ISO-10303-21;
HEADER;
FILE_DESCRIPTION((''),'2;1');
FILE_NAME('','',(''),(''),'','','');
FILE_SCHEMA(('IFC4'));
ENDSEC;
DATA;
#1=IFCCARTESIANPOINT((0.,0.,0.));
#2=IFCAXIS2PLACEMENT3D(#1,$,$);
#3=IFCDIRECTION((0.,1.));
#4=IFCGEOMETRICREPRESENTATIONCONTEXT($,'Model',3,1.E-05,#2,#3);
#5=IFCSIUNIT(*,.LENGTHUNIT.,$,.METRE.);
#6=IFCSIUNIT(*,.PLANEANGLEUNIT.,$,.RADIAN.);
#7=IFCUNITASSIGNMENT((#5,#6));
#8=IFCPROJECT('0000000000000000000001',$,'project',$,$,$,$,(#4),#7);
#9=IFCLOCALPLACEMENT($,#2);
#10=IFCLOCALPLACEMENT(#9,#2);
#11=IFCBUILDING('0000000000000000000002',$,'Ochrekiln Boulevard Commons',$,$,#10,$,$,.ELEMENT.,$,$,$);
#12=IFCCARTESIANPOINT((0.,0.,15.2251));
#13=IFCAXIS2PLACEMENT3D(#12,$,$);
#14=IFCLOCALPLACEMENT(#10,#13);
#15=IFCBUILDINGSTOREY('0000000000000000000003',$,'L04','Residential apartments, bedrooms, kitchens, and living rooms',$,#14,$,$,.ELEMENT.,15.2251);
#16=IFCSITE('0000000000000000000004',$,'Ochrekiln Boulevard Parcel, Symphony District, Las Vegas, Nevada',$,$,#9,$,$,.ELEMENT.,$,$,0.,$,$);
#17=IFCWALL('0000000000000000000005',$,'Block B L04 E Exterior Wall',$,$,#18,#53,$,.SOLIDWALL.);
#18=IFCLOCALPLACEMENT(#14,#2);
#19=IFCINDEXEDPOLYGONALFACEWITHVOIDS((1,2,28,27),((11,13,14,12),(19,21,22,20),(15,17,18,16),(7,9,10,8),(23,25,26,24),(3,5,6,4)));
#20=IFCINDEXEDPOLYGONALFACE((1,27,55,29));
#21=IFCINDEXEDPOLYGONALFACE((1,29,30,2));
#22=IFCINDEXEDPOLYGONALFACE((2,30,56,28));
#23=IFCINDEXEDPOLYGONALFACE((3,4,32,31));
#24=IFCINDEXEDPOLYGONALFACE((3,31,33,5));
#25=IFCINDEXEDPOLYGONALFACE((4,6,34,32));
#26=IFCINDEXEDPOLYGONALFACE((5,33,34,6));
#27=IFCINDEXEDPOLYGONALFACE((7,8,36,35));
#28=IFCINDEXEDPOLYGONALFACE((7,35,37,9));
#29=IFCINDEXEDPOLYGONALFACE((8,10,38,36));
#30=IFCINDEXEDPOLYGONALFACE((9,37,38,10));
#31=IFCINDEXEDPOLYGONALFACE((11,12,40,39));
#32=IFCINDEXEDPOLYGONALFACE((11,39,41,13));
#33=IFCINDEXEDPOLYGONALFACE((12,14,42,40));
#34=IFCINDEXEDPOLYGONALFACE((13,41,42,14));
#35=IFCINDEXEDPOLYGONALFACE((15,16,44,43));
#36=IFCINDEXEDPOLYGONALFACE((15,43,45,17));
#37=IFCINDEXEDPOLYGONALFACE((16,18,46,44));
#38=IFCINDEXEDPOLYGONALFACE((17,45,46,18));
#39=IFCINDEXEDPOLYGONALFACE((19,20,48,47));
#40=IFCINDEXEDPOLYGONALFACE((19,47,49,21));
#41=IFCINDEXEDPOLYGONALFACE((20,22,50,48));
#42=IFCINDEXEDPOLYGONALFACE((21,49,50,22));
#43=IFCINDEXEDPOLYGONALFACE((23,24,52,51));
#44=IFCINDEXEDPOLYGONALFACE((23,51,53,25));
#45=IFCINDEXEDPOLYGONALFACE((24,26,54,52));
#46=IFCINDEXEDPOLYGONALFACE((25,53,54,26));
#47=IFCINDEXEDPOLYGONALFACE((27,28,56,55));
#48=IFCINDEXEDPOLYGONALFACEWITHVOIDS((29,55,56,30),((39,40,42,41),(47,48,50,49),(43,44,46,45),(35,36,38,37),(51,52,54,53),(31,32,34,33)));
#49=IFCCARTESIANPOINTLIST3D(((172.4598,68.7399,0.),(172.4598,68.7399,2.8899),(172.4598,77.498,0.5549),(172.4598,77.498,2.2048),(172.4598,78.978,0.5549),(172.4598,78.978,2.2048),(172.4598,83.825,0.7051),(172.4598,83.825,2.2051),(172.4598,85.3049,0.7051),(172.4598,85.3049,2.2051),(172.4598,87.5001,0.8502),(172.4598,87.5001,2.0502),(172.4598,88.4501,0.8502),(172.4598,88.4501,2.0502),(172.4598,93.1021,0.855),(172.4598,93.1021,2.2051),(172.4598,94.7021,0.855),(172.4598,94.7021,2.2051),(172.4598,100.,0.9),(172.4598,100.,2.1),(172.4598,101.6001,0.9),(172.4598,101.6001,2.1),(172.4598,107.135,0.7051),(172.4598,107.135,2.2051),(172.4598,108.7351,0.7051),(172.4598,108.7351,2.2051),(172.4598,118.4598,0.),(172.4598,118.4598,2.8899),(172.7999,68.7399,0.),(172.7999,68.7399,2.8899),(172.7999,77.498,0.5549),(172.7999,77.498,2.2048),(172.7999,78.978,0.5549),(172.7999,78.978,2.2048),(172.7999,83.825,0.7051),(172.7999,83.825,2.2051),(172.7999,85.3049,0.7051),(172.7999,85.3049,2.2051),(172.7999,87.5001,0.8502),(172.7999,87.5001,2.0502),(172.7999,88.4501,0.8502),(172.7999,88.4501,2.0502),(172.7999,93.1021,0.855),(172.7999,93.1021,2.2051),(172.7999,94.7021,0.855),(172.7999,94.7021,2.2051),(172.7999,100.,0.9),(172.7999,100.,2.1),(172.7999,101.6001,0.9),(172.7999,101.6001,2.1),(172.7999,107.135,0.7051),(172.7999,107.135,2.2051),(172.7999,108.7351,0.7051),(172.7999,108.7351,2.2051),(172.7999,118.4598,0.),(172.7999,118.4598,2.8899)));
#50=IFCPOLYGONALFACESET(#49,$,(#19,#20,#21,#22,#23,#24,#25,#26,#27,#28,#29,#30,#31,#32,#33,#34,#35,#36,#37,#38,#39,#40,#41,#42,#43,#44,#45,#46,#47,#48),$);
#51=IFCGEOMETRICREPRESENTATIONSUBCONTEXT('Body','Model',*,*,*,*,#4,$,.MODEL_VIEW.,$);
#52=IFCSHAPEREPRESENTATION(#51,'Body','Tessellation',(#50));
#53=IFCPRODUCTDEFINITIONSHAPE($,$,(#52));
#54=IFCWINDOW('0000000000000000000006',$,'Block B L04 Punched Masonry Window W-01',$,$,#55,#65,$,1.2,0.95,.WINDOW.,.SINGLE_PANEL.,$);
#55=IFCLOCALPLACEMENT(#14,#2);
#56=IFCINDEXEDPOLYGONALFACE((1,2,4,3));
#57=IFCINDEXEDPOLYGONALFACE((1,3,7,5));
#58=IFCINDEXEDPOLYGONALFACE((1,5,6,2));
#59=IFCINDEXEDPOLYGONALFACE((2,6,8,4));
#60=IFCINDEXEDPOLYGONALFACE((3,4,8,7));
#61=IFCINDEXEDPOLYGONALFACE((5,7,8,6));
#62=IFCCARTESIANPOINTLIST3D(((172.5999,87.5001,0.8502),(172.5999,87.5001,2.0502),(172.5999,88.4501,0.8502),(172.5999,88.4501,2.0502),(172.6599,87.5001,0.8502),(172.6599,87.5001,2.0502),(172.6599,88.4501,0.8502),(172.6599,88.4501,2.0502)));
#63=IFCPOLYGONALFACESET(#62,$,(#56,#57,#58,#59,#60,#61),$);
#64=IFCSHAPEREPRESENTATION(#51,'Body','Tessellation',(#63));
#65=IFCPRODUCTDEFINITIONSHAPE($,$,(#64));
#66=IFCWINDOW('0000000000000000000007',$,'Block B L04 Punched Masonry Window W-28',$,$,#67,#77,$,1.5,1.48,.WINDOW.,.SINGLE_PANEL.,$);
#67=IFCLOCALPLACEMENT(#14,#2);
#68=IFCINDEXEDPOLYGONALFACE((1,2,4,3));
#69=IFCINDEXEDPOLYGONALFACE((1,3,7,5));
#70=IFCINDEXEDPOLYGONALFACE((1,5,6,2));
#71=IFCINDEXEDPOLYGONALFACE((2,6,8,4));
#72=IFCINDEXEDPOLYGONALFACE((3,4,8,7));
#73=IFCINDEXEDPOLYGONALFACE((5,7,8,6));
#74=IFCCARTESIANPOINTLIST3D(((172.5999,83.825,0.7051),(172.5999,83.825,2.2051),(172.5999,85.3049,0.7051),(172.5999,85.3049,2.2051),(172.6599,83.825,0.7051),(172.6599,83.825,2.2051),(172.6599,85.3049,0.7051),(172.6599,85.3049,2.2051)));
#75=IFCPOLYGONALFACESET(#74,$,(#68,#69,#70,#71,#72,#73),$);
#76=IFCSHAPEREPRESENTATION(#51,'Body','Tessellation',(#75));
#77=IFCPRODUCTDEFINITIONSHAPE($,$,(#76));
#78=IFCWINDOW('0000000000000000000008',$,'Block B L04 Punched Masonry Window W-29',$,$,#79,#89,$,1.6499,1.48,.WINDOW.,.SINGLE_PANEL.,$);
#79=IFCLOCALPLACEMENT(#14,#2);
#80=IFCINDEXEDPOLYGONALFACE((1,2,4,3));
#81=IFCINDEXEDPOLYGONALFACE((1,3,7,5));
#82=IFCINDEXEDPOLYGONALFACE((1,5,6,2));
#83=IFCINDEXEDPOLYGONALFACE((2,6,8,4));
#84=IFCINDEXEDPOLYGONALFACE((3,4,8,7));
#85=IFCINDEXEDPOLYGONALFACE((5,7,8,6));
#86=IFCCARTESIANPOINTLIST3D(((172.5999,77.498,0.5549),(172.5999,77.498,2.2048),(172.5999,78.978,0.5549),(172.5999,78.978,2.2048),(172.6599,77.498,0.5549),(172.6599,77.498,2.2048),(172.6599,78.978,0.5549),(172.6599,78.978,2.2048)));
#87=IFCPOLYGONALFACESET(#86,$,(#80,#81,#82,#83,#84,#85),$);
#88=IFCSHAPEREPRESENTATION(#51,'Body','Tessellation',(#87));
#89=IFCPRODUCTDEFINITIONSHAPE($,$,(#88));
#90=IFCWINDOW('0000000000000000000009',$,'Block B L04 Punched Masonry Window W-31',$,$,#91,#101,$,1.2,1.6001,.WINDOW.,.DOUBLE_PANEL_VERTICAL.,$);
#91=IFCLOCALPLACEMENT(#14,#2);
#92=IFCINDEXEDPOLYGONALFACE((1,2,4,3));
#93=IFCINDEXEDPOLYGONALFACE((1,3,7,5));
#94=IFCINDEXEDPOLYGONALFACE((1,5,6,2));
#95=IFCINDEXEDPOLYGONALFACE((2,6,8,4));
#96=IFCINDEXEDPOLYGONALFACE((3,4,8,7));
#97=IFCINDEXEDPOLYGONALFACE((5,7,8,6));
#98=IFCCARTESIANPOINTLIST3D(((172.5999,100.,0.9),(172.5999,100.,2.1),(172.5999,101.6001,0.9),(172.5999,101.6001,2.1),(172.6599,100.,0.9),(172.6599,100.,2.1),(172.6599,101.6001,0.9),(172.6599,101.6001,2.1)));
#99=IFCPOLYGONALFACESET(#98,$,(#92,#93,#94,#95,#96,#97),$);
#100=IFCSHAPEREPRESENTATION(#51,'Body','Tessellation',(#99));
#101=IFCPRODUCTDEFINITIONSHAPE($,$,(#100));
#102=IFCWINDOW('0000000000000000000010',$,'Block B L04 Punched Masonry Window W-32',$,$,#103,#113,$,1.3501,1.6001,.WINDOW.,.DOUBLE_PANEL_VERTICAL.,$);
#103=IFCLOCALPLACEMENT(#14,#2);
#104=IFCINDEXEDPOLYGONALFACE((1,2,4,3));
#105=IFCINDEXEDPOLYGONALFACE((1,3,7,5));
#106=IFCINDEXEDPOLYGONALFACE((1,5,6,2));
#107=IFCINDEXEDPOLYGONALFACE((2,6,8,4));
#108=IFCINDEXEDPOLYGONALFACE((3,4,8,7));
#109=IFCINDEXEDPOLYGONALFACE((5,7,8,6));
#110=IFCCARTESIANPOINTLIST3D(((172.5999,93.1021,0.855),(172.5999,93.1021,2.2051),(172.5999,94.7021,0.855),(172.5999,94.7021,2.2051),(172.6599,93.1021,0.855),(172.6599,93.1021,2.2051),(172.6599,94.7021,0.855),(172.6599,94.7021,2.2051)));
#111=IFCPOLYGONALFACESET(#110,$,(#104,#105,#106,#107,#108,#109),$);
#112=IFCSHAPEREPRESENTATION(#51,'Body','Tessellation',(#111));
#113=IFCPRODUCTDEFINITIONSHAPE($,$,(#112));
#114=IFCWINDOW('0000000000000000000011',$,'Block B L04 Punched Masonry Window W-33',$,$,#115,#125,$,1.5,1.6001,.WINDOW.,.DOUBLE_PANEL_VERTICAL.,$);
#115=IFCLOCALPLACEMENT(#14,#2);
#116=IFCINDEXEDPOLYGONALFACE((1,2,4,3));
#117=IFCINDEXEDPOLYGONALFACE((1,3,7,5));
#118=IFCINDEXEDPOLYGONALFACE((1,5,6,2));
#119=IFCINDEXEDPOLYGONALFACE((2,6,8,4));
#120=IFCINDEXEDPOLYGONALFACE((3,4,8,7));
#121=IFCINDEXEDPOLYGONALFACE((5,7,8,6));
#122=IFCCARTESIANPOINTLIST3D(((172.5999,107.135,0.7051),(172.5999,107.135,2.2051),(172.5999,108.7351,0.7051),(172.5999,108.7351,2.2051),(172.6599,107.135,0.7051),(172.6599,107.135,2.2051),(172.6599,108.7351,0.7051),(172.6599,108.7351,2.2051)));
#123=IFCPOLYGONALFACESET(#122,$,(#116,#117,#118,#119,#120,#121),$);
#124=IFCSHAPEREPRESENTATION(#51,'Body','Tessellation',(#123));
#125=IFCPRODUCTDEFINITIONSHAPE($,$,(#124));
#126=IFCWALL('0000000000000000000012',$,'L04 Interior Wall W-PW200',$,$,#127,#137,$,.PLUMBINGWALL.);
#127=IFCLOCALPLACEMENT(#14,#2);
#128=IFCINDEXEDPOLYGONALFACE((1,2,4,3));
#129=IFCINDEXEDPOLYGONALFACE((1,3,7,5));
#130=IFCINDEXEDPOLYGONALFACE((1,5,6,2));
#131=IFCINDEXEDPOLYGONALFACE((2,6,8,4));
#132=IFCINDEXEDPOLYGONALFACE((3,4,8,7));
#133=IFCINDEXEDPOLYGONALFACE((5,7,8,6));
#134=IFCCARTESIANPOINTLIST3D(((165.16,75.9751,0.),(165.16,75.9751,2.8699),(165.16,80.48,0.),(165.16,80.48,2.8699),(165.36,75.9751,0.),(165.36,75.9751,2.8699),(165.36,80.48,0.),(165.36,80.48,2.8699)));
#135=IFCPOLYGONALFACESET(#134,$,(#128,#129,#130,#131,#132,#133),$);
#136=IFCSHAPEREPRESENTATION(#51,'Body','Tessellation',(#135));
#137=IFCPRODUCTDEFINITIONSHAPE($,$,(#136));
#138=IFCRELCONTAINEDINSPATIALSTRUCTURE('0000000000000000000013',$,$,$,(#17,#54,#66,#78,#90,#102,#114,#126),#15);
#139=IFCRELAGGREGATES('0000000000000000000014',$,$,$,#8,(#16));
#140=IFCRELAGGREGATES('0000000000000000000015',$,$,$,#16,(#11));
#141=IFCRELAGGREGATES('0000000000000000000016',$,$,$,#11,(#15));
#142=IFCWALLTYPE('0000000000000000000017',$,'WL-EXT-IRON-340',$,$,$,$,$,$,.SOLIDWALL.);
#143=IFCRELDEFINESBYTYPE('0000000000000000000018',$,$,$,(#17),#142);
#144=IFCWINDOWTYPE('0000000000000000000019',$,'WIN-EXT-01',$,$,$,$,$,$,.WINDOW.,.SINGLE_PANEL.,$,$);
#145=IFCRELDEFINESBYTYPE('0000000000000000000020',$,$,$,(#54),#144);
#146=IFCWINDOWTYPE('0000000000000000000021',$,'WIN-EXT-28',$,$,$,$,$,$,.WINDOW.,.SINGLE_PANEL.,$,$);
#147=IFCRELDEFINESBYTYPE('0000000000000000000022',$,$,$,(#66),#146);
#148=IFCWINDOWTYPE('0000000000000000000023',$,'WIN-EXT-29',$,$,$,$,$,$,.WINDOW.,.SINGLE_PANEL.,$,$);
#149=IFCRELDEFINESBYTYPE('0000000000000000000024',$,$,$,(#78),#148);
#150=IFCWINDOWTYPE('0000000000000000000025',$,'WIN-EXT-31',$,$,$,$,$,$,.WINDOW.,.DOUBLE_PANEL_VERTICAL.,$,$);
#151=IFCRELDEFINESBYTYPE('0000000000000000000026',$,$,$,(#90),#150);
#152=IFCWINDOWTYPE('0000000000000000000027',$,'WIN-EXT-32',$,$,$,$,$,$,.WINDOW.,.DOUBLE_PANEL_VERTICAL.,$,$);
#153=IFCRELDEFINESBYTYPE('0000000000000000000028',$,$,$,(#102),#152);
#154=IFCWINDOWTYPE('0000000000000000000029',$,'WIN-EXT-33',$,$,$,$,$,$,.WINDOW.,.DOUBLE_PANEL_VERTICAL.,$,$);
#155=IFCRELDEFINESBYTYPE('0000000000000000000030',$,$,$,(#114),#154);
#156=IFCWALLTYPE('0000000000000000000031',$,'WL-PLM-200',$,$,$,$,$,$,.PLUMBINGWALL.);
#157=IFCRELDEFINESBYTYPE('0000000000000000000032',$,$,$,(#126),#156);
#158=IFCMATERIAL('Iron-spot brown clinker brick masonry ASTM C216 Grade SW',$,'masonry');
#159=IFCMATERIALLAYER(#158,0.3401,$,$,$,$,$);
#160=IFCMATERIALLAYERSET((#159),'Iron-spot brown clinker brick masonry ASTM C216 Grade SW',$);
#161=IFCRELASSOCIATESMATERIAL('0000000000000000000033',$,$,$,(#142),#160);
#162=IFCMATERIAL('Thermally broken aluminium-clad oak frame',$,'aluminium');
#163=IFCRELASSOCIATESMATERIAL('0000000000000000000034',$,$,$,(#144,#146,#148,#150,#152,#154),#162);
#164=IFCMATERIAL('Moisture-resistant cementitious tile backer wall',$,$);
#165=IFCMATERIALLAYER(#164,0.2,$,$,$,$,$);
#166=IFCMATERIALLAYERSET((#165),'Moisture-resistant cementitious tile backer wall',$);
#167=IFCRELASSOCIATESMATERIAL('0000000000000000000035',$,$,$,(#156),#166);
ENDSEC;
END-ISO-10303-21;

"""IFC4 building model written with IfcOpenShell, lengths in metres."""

from ifc_helpers import new_model, si_unit, direction, frame, frame_2d, origin, place, context, subcontext, project, spatial, rectangle, extrude, material, layer, layer_set, type_object, element, fill, save


model = new_model("IFC4")

# Units and contexts
model_context = context("Model", 3, precision=1e-05, world=origin(), true_north=direction((0.0, 1.0)))
body_context = subcontext(model_context, "Body", "Model", "MODEL_VIEW")
ifc_project = project(units=[si_unit("LENGTHUNIT", "METRE"), si_unit("PLANEANGLEUNIT", "RADIAN")], contexts=[model_context])

# Site, building, storey
site_placement = place(None, origin())
site = spatial("IfcSite", under=ifc_project, at=site_placement, Name="Ochrekiln Boulevard Parcel, Symphony District, Las Vegas, Nevada", CompositionType="ELEMENT", RefElevation=0.0)
building_placement = place(site_placement, origin())
building = spatial("IfcBuilding", under=site, at=building_placement, Name="Ochrekiln Boulevard Commons", CompositionType="ELEMENT")
storey_placement = place(building_placement, frame((0.0, 0.0, 15.2251)))
storey = spatial("IfcBuildingStorey", under=building, at=storey_placement, Name="L04", Description="Residential apartments, bedrooms, kitchens, and living rooms", CompositionType="ELEMENT", Elevation=15.2251)

# Wall, openings, windows
ifc_material_1 = material(Name="Iron-spot brown clinker brick masonry ASTM C216 Grade SW", Category="masonry")
ifc_layer_1 = layer(ifc_material_1, 0.3401)
ifc_layer_set_1 = layer_set([ifc_layer_1], Name="Iron-spot brown clinker brick masonry ASTM C216 Grade SW")
wall_type_1 = type_object("IfcWallType", Name="WL-EXT-IRON-340", PredefinedType="SOLIDWALL", material=ifc_layer_set_1)
wall_1_placement = place(storey_placement, frame((172.6299, 68.74, 0.0), z_axis=(0.0, 0.0, 1.0), x_axis=(0.0, 1.0, 0.0)))
wall_1 = element("IfcWall", 1, at=wall_1_placement, inside=storey, type_object=wall_type_1, Name="Block B L04 E Exterior Wall", PredefinedType="SOLIDWALL", context=body_context, shape_type="SweptSolid", body=[
    extrude(rectangle(XDim=49.72, YDim=0.3401, at=frame_2d((24.8599, 0.0))), origin(), (0.0, 0.0, 1.0), 2.8899),
])
opening_1_placement = place(wall_1_placement, frame((15.085, 0.0, 0.7051)))
opening_1 = element("IfcOpeningElement", 2, at=opening_1_placement, cuts=wall_1, PredefinedType="OPENING", context=body_context, shape_type="SweptSolid", body=[
    extrude(rectangle(XDim=1.48, YDim=1.5, at=frame_2d((0.74, 0.75))), frame((0.0, 0.1799, 0.0), z_axis=(0.0, -1.0, 0.0), x_axis=(1.0, 0.0, 0.0)), (0.0, 0.0, 1.0), 0.3601),
])
opening_2_placement = place(wall_1_placement, frame((8.7581, 0.0, 0.5549)))
opening_2 = element("IfcOpeningElement", 3, at=opening_2_placement, cuts=wall_1, PredefinedType="OPENING", context=body_context, shape_type="SweptSolid", body=[
    extrude(rectangle(XDim=1.48, YDim=1.6499, at=frame_2d((0.74, 0.825))), frame((0.0, 0.1799, 0.0), z_axis=(0.0, -1.0, 0.0), x_axis=(1.0, 0.0, 0.0)), (0.0, 0.0, 1.0), 0.3601),
])
opening_3_placement = place(wall_1_placement, frame((18.76, 0.0, 0.8501)))
opening_3 = element("IfcOpeningElement", 4, at=opening_3_placement, cuts=wall_1, PredefinedType="OPENING", context=body_context, shape_type="SweptSolid", body=[
    extrude(rectangle(XDim=0.95, YDim=1.2, at=frame_2d((0.4751, 0.6001))), frame((0.0, 0.1799, 0.0), z_axis=(0.0, -1.0, 0.0), x_axis=(1.0, 0.0, 0.0)), (0.0, 0.0, 1.0), 0.3601),
])
opening_4_placement = place(wall_1_placement, frame((31.26, 0.0, 0.8999)))
opening_4 = element("IfcOpeningElement", 5, at=opening_4_placement, cuts=wall_1, PredefinedType="OPENING", context=body_context, shape_type="SweptSolid", body=[
    extrude(rectangle(XDim=1.6001, YDim=1.2, at=frame_2d((0.8, 0.6001))), frame((0.0, 0.1799, 0.0), z_axis=(0.0, -1.0, 0.0), x_axis=(1.0, 0.0, 0.0)), (0.0, 0.0, 1.0), 0.3601),
])
opening_5_placement = place(wall_1_placement, frame((24.3621, 0.0, 0.855)))
opening_5 = element("IfcOpeningElement", 6, at=opening_5_placement, cuts=wall_1, PredefinedType="OPENING", context=body_context, shape_type="SweptSolid", body=[
    extrude(rectangle(XDim=1.6001, YDim=1.3501, at=frame_2d((0.8, 0.675))), frame((0.0, 0.1799, 0.0), z_axis=(0.0, -1.0, 0.0), x_axis=(1.0, 0.0, 0.0)), (0.0, 0.0, 1.0), 0.3601),
])
opening_6_placement = place(wall_1_placement, frame((38.395, 0.0, 0.7051)))
opening_6 = element("IfcOpeningElement", 7, at=opening_6_placement, cuts=wall_1, PredefinedType="OPENING", context=body_context, shape_type="SweptSolid", body=[
    extrude(rectangle(XDim=1.6001, YDim=1.5, at=frame_2d((0.8, 0.75))), frame((0.0, 0.1799, 0.0), z_axis=(0.0, -1.0, 0.0), x_axis=(1.0, 0.0, 0.0)), (0.0, 0.0, 1.0), 0.3601),
])
ifc_material_2 = material(Name="Thermally broken aluminium-clad oak frame", Category="aluminium")
window_type_1 = type_object("IfcWindowType", Name="WIN-EXT-01", PartitioningType="SINGLE_PANEL", PredefinedType="WINDOW", material=ifc_material_2)
window_1_placement = place(opening_3_placement, origin())
window_1 = element("IfcWindow", 8, at=window_1_placement, inside=storey, type_object=window_type_1, Name="Block B L04 Punched Masonry Window W-01", OverallHeight=1.2, OverallWidth=0.95, PartitioningType="SINGLE_PANEL", PredefinedType="WINDOW", context=body_context, shape_type="SweptSolid", body=[
    extrude(rectangle(XDim=0.95, YDim=1.2, at=frame_2d((0.4751, 0.6001))), frame((0.0, 0.03, 0.0), z_axis=(0.0, -1.0, 0.0), x_axis=(1.0, 0.0, 0.0)), (0.0, 0.0, 1.0), 0.0601),
])
fill(opening_3, window_1)
window_type_2 = type_object("IfcWindowType", Name="WIN-EXT-28", PartitioningType="SINGLE_PANEL", PredefinedType="WINDOW", material=ifc_material_2)
window_2_placement = place(opening_1_placement, origin())
window_2 = element("IfcWindow", 9, at=window_2_placement, inside=storey, type_object=window_type_2, Name="Block B L04 Punched Masonry Window W-28", OverallHeight=1.5, OverallWidth=1.48, PartitioningType="SINGLE_PANEL", PredefinedType="WINDOW", context=body_context, shape_type="SweptSolid", body=[
    extrude(rectangle(XDim=1.48, YDim=1.5, at=frame_2d((0.74, 0.75))), frame((0.0, 0.03, 0.0), z_axis=(0.0, -1.0, 0.0), x_axis=(1.0, 0.0, 0.0)), (0.0, 0.0, 1.0), 0.0601),
])
fill(opening_1, window_2)
window_type_3 = type_object("IfcWindowType", Name="WIN-EXT-29", PartitioningType="SINGLE_PANEL", PredefinedType="WINDOW", material=ifc_material_2)
window_3_placement = place(opening_2_placement, origin())
window_3 = element("IfcWindow", 10, at=window_3_placement, inside=storey, type_object=window_type_3, Name="Block B L04 Punched Masonry Window W-29", OverallHeight=1.6499, OverallWidth=1.48, PartitioningType="SINGLE_PANEL", PredefinedType="WINDOW", context=body_context, shape_type="SweptSolid", body=[
    extrude(rectangle(XDim=1.48, YDim=1.6499, at=frame_2d((0.74, 0.825))), frame((0.0, 0.03, 0.0), z_axis=(0.0, -1.0, 0.0), x_axis=(1.0, 0.0, 0.0)), (0.0, 0.0, 1.0), 0.0601),
])
fill(opening_2, window_3)
window_type_4 = type_object("IfcWindowType", Name="WIN-EXT-31", PartitioningType="DOUBLE_PANEL_VERTICAL", PredefinedType="WINDOW", material=ifc_material_2)
window_4_placement = place(opening_4_placement, origin())
window_4 = element("IfcWindow", 11, at=window_4_placement, inside=storey, type_object=window_type_4, Name="Block B L04 Punched Masonry Window W-31", OverallHeight=1.2, OverallWidth=1.6001, PartitioningType="DOUBLE_PANEL_VERTICAL", PredefinedType="WINDOW", context=body_context, shape_type="SweptSolid", body=[
    extrude(rectangle(XDim=1.6001, YDim=1.2, at=frame_2d((0.8, 0.6001))), frame((0.0, 0.03, 0.0), z_axis=(0.0, -1.0, 0.0), x_axis=(1.0, 0.0, 0.0)), (0.0, 0.0, 1.0), 0.0601),
])
fill(opening_4, window_4)
window_type_5 = type_object("IfcWindowType", Name="WIN-EXT-32", PartitioningType="DOUBLE_PANEL_VERTICAL", PredefinedType="WINDOW", material=ifc_material_2)
window_5_placement = place(opening_5_placement, origin())
window_5 = element("IfcWindow", 12, at=window_5_placement, inside=storey, type_object=window_type_5, Name="Block B L04 Punched Masonry Window W-32", OverallHeight=1.3501, OverallWidth=1.6001, PartitioningType="DOUBLE_PANEL_VERTICAL", PredefinedType="WINDOW", context=body_context, shape_type="SweptSolid", body=[
    extrude(rectangle(XDim=1.6001, YDim=1.3501, at=frame_2d((0.8, 0.675))), frame((0.0, 0.03, 0.0), z_axis=(0.0, -1.0, 0.0), x_axis=(1.0, 0.0, 0.0)), (0.0, 0.0, 1.0), 0.0601),
])
fill(opening_5, window_5)
window_type_6 = type_object("IfcWindowType", Name="WIN-EXT-33", PartitioningType="DOUBLE_PANEL_VERTICAL", PredefinedType="WINDOW", material=ifc_material_2)
window_6_placement = place(opening_6_placement, origin())
window_6 = element("IfcWindow", 13, at=window_6_placement, inside=storey, type_object=window_type_6, Name="Block B L04 Punched Masonry Window W-33", OverallHeight=1.5, OverallWidth=1.6001, PartitioningType="DOUBLE_PANEL_VERTICAL", PredefinedType="WINDOW", context=body_context, shape_type="SweptSolid", body=[
    extrude(rectangle(XDim=1.6001, YDim=1.5, at=frame_2d((0.8, 0.75))), frame((0.0, 0.03, 0.0), z_axis=(0.0, -1.0, 0.0), x_axis=(1.0, 0.0, 0.0)), (0.0, 0.0, 1.0), 0.0601),
])
fill(opening_6, window_6)

# Wall
ifc_material_3 = material(Name="Moisture-resistant cementitious tile backer wall")
ifc_layer_2 = layer(ifc_material_3, 0.2)
ifc_layer_set_2 = layer_set([ifc_layer_2], Name="Moisture-resistant cementitious tile backer wall")
wall_type_2 = type_object("IfcWallType", Name="WL-PLM-200", PredefinedType="PLUMBINGWALL", material=ifc_layer_set_2)
wall_2_placement = place(storey_placement, frame((165.26, 75.9751, 0.0), z_axis=(0.0, 0.0, 1.0), x_axis=(0.0, 1.0, 0.0)))
element("IfcWall", 14, at=wall_2_placement, inside=storey, type_object=wall_type_2, Name="L04 Interior Wall W-PW200", PredefinedType="PLUMBINGWALL", context=body_context, shape_type="SweptSolid", body=[
    extrude(rectangle(XDim=4.5049, YDim=0.2, at=frame_2d((2.2524, 0.0))), origin(), (0.0, 0.0, 1.0), 2.8699),
])

save(model, "model.ifc")
